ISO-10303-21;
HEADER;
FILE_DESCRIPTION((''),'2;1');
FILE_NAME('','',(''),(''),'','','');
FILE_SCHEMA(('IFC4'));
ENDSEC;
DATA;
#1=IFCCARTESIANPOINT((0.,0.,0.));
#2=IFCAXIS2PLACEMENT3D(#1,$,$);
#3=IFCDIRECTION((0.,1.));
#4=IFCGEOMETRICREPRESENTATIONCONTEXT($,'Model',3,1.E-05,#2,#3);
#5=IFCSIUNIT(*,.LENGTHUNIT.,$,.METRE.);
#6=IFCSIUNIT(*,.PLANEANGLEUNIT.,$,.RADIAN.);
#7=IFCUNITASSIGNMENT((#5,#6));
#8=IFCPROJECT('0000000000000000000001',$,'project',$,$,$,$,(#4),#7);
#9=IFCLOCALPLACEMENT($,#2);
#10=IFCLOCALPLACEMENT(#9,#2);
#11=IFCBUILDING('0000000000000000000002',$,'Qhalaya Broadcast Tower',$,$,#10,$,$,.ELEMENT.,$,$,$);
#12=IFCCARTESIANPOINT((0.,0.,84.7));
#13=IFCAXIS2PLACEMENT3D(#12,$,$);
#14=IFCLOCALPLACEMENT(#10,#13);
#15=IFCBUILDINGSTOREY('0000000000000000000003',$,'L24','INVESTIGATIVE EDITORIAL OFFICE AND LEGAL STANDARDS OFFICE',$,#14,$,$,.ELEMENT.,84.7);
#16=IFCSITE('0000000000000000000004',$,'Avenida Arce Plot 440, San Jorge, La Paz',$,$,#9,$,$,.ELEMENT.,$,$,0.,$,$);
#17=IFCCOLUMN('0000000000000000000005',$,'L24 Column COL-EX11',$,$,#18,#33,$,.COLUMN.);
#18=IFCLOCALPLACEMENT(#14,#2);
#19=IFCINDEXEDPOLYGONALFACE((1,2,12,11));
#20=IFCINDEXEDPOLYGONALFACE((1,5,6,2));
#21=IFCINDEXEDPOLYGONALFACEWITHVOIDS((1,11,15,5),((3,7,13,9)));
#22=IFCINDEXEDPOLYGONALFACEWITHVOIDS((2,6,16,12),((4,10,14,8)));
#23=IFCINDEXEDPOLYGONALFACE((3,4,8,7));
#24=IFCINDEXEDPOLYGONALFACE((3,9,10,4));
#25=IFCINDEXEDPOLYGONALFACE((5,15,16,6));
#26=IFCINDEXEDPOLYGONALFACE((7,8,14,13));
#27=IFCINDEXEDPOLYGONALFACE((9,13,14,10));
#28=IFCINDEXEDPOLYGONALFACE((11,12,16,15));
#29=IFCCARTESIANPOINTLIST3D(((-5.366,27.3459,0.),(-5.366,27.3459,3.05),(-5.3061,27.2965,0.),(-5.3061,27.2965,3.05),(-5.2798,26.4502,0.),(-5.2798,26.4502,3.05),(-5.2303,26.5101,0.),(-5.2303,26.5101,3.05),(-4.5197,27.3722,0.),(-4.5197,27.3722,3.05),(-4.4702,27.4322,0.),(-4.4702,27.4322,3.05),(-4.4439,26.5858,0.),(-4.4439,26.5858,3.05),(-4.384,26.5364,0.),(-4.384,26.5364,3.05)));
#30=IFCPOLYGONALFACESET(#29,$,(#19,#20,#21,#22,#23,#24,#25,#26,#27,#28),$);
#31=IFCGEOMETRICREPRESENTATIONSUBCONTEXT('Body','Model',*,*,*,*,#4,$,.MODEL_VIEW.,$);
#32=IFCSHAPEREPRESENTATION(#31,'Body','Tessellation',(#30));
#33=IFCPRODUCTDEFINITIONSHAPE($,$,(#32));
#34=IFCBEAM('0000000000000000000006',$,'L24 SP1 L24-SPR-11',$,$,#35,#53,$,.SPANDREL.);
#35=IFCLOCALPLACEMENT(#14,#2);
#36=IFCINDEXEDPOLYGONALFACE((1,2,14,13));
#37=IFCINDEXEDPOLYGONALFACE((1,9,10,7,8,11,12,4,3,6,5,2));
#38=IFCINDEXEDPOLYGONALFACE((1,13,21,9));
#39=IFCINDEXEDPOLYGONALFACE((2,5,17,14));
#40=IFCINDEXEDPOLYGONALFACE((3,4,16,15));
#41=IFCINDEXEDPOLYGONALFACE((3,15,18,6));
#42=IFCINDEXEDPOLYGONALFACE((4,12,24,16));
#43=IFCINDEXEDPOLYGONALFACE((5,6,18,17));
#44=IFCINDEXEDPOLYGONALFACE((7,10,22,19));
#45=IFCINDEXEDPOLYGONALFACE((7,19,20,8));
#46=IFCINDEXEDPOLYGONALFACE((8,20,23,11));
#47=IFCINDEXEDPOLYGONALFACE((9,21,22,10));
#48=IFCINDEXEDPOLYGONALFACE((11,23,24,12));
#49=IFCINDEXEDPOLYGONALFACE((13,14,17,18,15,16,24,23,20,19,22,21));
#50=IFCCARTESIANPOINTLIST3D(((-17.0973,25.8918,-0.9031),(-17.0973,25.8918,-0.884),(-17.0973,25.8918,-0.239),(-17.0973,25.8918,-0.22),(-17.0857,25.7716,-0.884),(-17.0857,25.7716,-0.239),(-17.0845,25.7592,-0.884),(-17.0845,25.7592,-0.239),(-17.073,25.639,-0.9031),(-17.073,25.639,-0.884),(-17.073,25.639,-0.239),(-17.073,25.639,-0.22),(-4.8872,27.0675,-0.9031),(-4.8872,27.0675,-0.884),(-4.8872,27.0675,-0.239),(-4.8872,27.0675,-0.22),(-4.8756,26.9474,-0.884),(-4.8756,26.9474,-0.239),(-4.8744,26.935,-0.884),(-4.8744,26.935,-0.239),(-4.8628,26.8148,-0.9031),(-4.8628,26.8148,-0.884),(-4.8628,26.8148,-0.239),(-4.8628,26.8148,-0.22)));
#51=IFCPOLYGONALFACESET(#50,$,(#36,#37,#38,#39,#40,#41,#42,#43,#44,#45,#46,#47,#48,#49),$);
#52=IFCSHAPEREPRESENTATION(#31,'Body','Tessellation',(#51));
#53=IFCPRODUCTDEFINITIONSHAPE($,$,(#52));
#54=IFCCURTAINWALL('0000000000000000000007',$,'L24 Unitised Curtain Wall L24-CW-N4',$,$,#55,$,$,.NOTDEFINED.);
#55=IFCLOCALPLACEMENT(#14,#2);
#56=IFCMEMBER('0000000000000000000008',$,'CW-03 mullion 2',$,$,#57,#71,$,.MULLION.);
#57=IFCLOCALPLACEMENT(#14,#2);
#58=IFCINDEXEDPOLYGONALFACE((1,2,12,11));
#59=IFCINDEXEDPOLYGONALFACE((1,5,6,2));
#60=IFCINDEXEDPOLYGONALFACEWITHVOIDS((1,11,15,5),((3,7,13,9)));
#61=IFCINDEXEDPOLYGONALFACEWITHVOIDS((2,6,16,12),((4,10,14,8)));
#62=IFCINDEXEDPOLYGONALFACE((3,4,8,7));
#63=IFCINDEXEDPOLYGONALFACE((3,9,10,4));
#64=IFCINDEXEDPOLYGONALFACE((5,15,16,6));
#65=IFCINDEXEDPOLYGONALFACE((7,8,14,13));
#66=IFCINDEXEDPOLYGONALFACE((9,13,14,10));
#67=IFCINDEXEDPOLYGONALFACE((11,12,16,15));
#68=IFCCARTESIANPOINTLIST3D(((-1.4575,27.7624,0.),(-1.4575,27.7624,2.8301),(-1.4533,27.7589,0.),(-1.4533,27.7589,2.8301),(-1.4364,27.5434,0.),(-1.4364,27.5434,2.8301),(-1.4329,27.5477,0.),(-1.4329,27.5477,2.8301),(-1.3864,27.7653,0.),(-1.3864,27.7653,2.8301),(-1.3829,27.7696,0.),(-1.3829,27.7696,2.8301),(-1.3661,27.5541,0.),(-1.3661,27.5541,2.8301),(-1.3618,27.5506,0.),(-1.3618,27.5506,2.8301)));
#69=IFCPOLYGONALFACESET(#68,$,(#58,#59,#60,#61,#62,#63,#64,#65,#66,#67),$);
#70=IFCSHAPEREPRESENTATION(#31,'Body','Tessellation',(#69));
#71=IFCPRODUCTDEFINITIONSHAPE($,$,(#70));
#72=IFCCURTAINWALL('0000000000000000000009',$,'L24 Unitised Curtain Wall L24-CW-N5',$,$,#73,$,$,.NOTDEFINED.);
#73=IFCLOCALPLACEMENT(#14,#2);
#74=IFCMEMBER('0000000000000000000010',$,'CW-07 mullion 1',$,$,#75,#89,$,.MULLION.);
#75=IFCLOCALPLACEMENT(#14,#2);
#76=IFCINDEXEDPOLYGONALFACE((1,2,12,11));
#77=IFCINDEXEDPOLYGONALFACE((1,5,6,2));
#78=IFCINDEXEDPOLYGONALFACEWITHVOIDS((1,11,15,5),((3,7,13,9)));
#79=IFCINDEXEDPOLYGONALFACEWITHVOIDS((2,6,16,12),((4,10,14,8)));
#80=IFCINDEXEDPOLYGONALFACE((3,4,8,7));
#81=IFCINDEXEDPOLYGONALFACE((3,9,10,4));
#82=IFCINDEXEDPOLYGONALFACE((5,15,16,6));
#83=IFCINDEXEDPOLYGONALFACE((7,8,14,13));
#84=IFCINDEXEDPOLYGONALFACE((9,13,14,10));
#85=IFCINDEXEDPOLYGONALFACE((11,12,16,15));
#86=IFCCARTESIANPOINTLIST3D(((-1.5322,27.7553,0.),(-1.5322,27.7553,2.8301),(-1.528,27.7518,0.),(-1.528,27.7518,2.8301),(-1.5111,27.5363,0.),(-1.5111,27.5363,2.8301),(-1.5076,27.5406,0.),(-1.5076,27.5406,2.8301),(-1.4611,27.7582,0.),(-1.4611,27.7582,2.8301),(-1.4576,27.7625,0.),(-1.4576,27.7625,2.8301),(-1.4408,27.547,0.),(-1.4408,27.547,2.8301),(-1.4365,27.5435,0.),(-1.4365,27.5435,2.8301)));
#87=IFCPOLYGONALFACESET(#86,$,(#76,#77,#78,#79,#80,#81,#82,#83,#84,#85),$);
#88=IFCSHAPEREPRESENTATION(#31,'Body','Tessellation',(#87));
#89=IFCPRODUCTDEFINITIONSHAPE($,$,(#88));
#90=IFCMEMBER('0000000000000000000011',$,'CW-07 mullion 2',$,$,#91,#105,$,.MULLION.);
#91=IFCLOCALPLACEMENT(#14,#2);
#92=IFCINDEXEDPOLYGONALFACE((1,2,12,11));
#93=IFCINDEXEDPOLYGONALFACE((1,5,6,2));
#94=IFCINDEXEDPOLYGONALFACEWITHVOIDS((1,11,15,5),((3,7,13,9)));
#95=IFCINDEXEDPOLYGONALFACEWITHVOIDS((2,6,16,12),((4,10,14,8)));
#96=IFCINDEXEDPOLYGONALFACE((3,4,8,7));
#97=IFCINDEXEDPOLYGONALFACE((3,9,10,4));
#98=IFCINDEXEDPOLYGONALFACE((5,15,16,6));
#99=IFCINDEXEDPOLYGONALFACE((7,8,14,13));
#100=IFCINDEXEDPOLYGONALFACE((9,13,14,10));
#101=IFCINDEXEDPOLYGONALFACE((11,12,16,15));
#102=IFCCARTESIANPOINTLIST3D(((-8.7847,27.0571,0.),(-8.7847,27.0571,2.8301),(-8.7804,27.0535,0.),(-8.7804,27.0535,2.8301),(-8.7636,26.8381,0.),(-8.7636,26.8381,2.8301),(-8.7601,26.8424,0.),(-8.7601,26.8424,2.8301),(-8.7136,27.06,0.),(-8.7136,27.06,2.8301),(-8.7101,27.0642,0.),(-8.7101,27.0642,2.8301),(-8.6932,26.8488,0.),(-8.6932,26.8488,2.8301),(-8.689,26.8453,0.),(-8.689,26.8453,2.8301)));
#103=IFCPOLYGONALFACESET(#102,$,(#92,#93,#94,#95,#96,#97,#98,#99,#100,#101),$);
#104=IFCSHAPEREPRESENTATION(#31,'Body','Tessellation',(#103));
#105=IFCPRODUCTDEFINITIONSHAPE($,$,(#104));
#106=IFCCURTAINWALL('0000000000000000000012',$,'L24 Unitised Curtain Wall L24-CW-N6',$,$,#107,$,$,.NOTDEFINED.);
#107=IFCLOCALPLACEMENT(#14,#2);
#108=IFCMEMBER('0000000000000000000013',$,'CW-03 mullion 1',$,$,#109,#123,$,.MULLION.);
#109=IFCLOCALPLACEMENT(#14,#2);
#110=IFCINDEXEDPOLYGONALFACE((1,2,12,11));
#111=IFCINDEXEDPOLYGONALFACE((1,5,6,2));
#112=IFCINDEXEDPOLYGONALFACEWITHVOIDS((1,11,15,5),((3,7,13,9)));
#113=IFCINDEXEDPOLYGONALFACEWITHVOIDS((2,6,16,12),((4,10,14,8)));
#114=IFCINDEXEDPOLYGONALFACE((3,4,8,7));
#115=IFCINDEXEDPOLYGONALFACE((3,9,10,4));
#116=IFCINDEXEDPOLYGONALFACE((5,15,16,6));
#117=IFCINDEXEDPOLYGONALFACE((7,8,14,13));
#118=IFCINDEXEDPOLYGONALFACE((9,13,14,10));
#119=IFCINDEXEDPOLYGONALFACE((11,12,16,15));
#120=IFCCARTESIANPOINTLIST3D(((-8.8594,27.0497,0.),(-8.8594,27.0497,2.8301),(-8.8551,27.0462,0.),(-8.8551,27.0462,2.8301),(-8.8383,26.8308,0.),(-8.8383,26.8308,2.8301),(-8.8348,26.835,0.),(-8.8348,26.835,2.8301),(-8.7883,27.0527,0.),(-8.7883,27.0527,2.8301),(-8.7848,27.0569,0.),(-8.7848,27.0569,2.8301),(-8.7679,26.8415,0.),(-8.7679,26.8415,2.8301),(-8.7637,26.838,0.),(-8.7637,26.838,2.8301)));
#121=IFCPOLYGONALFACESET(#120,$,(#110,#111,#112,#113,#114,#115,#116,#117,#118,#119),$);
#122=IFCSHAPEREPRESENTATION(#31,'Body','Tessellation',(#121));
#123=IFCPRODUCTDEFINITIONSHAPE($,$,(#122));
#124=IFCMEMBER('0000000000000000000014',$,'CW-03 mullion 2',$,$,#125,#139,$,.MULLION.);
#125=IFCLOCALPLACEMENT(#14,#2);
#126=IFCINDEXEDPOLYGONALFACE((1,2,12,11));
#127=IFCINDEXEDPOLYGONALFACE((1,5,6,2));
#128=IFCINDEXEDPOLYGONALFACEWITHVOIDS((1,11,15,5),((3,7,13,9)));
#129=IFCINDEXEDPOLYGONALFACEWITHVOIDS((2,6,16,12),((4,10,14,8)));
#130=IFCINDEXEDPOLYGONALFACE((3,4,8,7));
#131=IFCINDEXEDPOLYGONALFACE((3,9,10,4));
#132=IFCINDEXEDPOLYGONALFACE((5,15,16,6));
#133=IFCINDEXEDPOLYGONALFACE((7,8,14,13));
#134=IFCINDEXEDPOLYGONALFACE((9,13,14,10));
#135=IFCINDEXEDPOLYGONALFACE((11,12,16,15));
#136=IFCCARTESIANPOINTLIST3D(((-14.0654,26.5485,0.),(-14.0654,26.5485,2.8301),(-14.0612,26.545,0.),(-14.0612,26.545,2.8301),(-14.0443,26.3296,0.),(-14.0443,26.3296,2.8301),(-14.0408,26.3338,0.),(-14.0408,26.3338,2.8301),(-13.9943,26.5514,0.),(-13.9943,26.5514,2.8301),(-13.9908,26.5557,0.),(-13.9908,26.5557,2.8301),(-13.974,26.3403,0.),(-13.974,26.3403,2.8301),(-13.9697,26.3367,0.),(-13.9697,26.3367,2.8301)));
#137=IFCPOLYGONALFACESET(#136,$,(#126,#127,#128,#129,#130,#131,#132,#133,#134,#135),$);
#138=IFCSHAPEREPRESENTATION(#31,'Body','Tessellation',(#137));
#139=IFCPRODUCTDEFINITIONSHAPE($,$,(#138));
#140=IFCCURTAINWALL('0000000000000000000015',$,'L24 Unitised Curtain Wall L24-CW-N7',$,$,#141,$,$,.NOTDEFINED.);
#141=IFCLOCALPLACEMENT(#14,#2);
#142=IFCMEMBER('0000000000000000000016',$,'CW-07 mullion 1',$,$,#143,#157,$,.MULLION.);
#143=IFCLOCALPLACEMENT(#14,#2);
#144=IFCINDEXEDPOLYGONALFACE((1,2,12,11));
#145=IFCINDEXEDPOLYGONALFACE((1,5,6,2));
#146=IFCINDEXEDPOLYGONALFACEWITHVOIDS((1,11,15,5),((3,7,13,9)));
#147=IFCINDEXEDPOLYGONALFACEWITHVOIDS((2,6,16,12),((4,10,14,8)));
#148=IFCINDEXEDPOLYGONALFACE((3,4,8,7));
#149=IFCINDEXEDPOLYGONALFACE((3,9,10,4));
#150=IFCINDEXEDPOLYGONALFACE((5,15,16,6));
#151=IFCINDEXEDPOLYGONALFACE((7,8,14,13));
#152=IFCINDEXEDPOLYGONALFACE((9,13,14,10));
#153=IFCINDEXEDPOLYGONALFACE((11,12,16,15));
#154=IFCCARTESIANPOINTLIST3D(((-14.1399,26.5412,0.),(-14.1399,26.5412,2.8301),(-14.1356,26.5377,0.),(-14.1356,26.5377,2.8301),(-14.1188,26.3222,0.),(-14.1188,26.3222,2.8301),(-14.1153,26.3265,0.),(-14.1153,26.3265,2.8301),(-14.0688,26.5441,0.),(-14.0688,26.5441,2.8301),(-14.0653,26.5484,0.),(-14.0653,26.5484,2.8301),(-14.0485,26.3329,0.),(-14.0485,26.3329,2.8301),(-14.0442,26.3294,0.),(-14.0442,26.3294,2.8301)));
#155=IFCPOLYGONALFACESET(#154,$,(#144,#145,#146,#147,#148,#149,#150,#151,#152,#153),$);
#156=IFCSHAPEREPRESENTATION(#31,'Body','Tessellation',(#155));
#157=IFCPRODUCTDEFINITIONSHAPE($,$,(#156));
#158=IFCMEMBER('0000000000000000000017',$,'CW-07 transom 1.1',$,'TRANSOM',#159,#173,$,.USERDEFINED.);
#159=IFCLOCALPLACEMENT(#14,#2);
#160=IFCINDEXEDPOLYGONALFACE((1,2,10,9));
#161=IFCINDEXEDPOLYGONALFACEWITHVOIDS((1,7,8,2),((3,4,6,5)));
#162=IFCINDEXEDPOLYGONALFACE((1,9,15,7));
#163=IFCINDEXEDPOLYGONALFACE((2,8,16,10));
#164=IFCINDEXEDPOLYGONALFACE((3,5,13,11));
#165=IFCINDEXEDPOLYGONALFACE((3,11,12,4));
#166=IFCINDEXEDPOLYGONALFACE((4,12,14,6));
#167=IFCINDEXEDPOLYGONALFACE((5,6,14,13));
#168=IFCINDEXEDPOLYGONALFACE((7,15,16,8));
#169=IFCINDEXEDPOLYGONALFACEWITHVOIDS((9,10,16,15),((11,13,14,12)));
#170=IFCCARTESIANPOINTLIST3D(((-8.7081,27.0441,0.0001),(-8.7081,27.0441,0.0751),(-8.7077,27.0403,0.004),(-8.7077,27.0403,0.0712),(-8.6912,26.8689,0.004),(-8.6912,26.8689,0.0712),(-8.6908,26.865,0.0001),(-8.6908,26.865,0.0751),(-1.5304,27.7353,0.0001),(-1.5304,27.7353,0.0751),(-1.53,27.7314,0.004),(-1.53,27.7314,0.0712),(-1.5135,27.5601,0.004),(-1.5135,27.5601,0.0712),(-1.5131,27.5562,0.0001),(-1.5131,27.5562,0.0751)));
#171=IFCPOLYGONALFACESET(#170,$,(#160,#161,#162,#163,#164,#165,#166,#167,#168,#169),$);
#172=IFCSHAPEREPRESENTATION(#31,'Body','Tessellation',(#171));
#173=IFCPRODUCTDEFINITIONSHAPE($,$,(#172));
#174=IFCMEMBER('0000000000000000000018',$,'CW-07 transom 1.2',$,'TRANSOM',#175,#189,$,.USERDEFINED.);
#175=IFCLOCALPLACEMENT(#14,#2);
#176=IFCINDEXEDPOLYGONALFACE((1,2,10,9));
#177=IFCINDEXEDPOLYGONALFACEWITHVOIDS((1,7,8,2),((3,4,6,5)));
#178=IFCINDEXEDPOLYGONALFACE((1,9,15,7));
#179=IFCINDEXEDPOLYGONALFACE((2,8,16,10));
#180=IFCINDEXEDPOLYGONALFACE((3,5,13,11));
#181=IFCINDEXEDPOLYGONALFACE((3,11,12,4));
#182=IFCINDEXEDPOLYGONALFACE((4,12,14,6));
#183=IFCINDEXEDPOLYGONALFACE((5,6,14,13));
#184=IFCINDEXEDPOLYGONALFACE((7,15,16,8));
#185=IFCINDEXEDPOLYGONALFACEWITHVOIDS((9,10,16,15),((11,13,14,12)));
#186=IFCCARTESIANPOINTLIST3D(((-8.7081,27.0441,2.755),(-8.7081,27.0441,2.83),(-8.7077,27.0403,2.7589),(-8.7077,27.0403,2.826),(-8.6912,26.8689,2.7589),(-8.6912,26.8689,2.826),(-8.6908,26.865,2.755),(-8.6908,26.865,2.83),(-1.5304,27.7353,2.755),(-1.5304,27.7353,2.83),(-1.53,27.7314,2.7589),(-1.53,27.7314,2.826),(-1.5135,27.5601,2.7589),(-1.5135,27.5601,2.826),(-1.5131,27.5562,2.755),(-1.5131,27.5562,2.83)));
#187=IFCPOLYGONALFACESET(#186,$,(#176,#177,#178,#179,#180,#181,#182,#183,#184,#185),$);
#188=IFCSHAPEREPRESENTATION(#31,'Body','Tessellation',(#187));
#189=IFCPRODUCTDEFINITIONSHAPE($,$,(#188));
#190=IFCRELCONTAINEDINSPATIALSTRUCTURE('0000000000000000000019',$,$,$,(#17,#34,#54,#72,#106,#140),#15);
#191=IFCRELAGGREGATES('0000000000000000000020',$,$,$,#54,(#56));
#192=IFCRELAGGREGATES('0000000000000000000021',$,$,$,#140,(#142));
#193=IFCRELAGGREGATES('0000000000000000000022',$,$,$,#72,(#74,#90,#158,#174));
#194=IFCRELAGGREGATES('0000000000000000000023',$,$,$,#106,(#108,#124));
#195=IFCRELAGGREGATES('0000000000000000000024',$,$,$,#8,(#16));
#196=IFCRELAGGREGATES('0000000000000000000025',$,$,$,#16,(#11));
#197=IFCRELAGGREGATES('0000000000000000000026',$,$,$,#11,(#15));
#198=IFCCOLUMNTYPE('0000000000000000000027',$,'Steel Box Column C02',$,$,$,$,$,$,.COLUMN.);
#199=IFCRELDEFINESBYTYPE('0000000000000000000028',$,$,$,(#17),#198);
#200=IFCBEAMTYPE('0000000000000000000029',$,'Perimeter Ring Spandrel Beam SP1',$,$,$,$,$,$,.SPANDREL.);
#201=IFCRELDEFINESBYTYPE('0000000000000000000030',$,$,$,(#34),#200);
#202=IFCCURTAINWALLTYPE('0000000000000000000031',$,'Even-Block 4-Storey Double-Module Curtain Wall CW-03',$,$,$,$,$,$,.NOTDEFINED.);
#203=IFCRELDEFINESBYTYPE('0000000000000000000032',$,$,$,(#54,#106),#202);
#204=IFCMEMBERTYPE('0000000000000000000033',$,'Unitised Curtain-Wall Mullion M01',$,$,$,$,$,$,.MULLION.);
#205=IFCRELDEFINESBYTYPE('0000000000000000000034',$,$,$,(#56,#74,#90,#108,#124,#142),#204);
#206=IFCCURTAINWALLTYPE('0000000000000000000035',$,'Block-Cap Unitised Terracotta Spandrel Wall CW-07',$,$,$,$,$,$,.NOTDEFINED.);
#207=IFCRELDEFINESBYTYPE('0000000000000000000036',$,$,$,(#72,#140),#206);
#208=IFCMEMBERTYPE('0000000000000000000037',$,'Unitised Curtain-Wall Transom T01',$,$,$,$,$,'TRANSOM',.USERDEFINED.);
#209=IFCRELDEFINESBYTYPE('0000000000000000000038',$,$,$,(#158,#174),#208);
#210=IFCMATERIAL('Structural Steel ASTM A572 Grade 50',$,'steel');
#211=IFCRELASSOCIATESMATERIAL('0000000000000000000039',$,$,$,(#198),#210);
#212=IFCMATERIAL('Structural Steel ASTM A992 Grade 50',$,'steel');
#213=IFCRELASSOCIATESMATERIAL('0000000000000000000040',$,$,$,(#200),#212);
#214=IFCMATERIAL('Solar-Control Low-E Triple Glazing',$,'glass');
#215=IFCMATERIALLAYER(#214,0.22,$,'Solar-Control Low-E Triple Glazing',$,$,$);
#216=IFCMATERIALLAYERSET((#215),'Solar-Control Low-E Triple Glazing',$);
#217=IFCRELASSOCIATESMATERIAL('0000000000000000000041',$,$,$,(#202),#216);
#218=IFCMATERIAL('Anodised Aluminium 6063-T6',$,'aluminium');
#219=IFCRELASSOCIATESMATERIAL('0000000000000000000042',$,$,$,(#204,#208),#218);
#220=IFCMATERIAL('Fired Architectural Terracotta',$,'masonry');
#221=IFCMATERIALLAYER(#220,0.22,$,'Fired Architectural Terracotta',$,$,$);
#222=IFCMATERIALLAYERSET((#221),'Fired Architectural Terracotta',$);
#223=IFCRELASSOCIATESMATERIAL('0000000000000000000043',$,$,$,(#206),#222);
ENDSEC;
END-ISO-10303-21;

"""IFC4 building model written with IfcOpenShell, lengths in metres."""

from ifc_helpers import new_model, si_unit, direction, frame, origin, origin_2d, place, context, subcontext, project, spatial, hollow_rectangle, i_section, extrude, material, layer, layer_set, material_profile, profile_set, type_object, element, aggregate, save


model = new_model("IFC4")

# Units and contexts
model_context = context("Model", 3, precision=1e-05, world=origin(), true_north=direction((0.0, 1.0)))
body_context = subcontext(model_context, "Body", "Model", "MODEL_VIEW")
ifc_project = project(units=[si_unit("LENGTHUNIT", "METRE"), si_unit("PLANEANGLEUNIT", "RADIAN")], contexts=[model_context])

# Site, building, storey
site_placement = place(None, origin())
site = spatial("IfcSite", under=ifc_project, at=site_placement, Name="Avenida Arce Plot 440, San Jorge, La Paz", CompositionType="ELEMENT", RefElevation=0.0)
building_placement = place(site_placement, origin())
building = spatial("IfcBuilding", under=site, at=building_placement, Name="Qhalaya Broadcast Tower", CompositionType="ELEMENT")
storey_placement = place(building_placement, frame((0.0, 0.0, 84.7)))
storey = spatial("IfcBuildingStorey", under=building, at=storey_placement, Name="L24", Description="INVESTIGATIVE EDITORIAL OFFICE AND LEGAL STANDARDS OFFICE", CompositionType="ELEMENT", Elevation=84.7)

# Column
ifc_material_1 = material(Name="Structural Steel ASTM A572 Grade 50", Category="steel")
ifc_material_profile_1 = material_profile(ifc_material_1, hollow_rectangle(XDim=0.8999, YDim=0.8999, WallThickness=0.0549, at=origin_2d()), Name="BOX 900x900x55")
ifc_profile_set_1 = profile_set([ifc_material_profile_1], Name="Structural Steel ASTM A572 Grade 50")
column_type = type_object("IfcColumnType", Name="Steel Box Column C02", PredefinedType="COLUMN", material=ifc_profile_set_1)
column_placement = place(storey_placement, frame((-4.875, 26.9412, 0.0), z_axis=(0.0, 0.0, 1.0), x_axis=(0.995396, 0.095846, 0.0)))
element("IfcColumn", 1, at=column_placement, inside=storey, type_object=column_type, Name="L24 Column COL-EX11", PredefinedType="COLUMN", context=body_context, shape_type="SweptSolid", body=[
    extrude(hollow_rectangle(XDim=0.8999, YDim=0.8999, WallThickness=0.0549, at=origin_2d()), origin(), (0.0, 0.0, 1.0), 3.05),
])

# Beam
ifc_material_2 = material(Name="Structural Steel ASTM A992 Grade 50", Category="steel")
ifc_material_profile_2 = material_profile(ifc_material_2, i_section(OverallWidth=0.2539, OverallDepth=0.6831, WebThickness=0.0125, FlangeThickness=0.019, at=origin_2d()), Name="W27X94")
ifc_profile_set_2 = profile_set([ifc_material_profile_2], Name="Structural Steel ASTM A992 Grade 50")
beam_type = type_object("IfcBeamType", Name="Perimeter Ring Spandrel Beam SP1", PredefinedType="SPANDREL", material=ifc_profile_set_2)
beam_placement = place(storey_placement, frame((-4.875, 26.9412, -0.5615), z_axis=(-0.995396, -0.095852, 0.0), x_axis=(0.095852, -0.995396, 0.0)))
element("IfcBeam", 2, at=beam_placement, inside=storey, type_object=beam_type, Name="L24 SP1 L24-SPR-11", PredefinedType="SPANDREL", context=body_context, shape_type="SweptSolid", body=[
    extrude(i_section(OverallWidth=0.2539, OverallDepth=0.6831, WebThickness=0.0125, FlangeThickness=0.019, at=origin_2d()), origin(), (0.0, 0.0, 1.0), 12.2666),
])

# Curtain wall, member
ifc_material_3 = material(Name="Solar-Control Low-E Triple Glazing", Category="glass")
ifc_layer_1 = layer(ifc_material_3, 0.22, Name="Solar-Control Low-E Triple Glazing")
ifc_layer_set_1 = layer_set([ifc_layer_1], Name="Solar-Control Low-E Triple Glazing")
curtain_wall_type_1 = type_object("IfcCurtainWallType", Name="Even-Block 4-Storey Double-Module Curtain Wall CW-03", PredefinedType="NOTDEFINED", material=ifc_layer_set_1)
curtain_wall_1_placement = place(storey_placement, origin())
curtain_wall_1 = element("IfcCurtainWall", 3, at=curtain_wall_1_placement, inside=storey, type_object=curtain_wall_type_1, Name="L24 Unitised Curtain Wall L24-CW-N4", PredefinedType="NOTDEFINED")
ifc_material_4 = material(Name="Anodised Aluminium 6063-T6", Category="aluminium")
ifc_material_profile_3 = material_profile(ifc_material_4, hollow_rectangle(XDim=0.075, YDim=0.22, WallThickness=0.0039, at=origin_2d()), Name="ALU-MUL 75x220x4")
ifc_profile_set_3 = profile_set([ifc_material_profile_3], Name="Anodised Aluminium 6063-T6")
member_type_1 = type_object("IfcMemberType", Name="Unitised Curtain-Wall Mullion M01", PredefinedType="MULLION", material=ifc_profile_set_3)
member_1_placement = place(storey_placement, frame((-1.4097, 27.6565, 0.0), z_axis=(0.0, 0.0, 1.0), x_axis=(-0.995395, -0.095853, 0.0)))
member_1 = element("IfcMember", 4, at=member_1_placement, type_object=member_type_1, Name="CW-03 mullion 2", PredefinedType="MULLION", context=body_context, shape_type="SweptSolid", body=[
    extrude(hollow_rectangle(XDim=0.075, YDim=0.22, WallThickness=0.0039, at=origin_2d()), origin(), (0.0, 0.0, 1.0), 2.8301),
])
aggregate(curtain_wall_1, [member_1])

# Curtain walls, members
ifc_material_5 = material(Name="Fired Architectural Terracotta", Category="masonry")
ifc_layer_2 = layer(ifc_material_5, 0.22, Name="Fired Architectural Terracotta")
ifc_layer_set_2 = layer_set([ifc_layer_2], Name="Fired Architectural Terracotta")
curtain_wall_type_2 = type_object("IfcCurtainWallType", Name="Block-Cap Unitised Terracotta Spandrel Wall CW-07", PredefinedType="NOTDEFINED", material=ifc_layer_set_2)
curtain_wall_2_placement = place(storey_placement, origin())
curtain_wall_2 = element("IfcCurtainWall", 5, at=curtain_wall_2_placement, inside=storey, type_object=curtain_wall_type_2, Name="L24 Unitised Curtain Wall L24-CW-N5", PredefinedType="NOTDEFINED")
member_2_placement = place(storey_placement, frame((-1.4844, 27.6494, 0.0), z_axis=(0.0, 0.0, 1.0), x_axis=(-0.995396, -0.095843, 0.0)))
member_2 = element("IfcMember", 6, at=member_2_placement, type_object=member_type_1, Name="CW-07 mullion 1", PredefinedType="MULLION", context=body_context, shape_type="SweptSolid", body=[
    extrude(hollow_rectangle(XDim=0.075, YDim=0.22, WallThickness=0.0039, at=origin_2d()), origin(), (0.0, 0.0, 1.0), 2.8301),
])
member_3_placement = place(storey_placement, frame((-8.7368, 26.9512, 0.0), z_axis=(0.0, 0.0, 1.0), x_axis=(-0.995396, -0.095843, 0.0)))
member_3 = element("IfcMember", 7, at=member_3_placement, type_object=member_type_1, Name="CW-07 mullion 2", PredefinedType="MULLION", context=body_context, shape_type="SweptSolid", body=[
    extrude(hollow_rectangle(XDim=0.075, YDim=0.22, WallThickness=0.0039, at=origin_2d()), origin(), (0.0, 0.0, 1.0), 2.8301),
])
curtain_wall_3_placement = place(storey_placement, origin())
curtain_wall_3 = element("IfcCurtainWall", 8, at=curtain_wall_3_placement, inside=storey, type_object=curtain_wall_type_1, Name="L24 Unitised Curtain Wall L24-CW-N6", PredefinedType="NOTDEFINED")
member_4_placement = place(storey_placement, frame((-8.8115, 26.9438, 0.0), z_axis=(0.0, 0.0, 1.0), x_axis=(-0.995396, -0.095852, 0.0)))
member_4 = element("IfcMember", 9, at=member_4_placement, type_object=member_type_1, Name="CW-03 mullion 1", PredefinedType="MULLION", context=body_context, shape_type="SweptSolid", body=[
    extrude(hollow_rectangle(XDim=0.075, YDim=0.22, WallThickness=0.0039, at=origin_2d()), origin(), (0.0, 0.0, 1.0), 2.8301),
])
member_5_placement = place(storey_placement, frame((-14.0176, 26.4426, 0.0), z_axis=(0.0, 0.0, 1.0), x_axis=(-0.995396, -0.095852, 0.0)))
member_5 = element("IfcMember", 10, at=member_5_placement, type_object=member_type_1, Name="CW-03 mullion 2", PredefinedType="MULLION", context=body_context, shape_type="SweptSolid", body=[
    extrude(hollow_rectangle(XDim=0.075, YDim=0.22, WallThickness=0.0039, at=origin_2d()), origin(), (0.0, 0.0, 1.0), 2.8301),
])

# Curtain wall, member
curtain_wall_4_placement = place(storey_placement, origin())
curtain_wall_4 = element("IfcCurtainWall", 11, at=curtain_wall_4_placement, inside=storey, type_object=curtain_wall_type_2, Name="L24 Unitised Curtain Wall L24-CW-N7", PredefinedType="NOTDEFINED")
member_6_placement = place(storey_placement, frame((-14.092, 26.4353, 0.0), z_axis=(0.0, 0.0, 1.0), x_axis=(-0.995396, -0.095846, 0.0)))
member_6 = element("IfcMember", 12, at=member_6_placement, type_object=member_type_1, Name="CW-07 mullion 1", PredefinedType="MULLION", context=body_context, shape_type="SweptSolid", body=[
    extrude(hollow_rectangle(XDim=0.075, YDim=0.22, WallThickness=0.0039, at=origin_2d()), origin(), (0.0, 0.0, 1.0), 2.8301),
])

# Members
ifc_material_profile_4 = material_profile(ifc_material_4, hollow_rectangle(XDim=0.075, YDim=0.1799, WallThickness=0.0039, at=origin_2d()), Name="ALU-TRN 75x180x4")
ifc_profile_set_4 = profile_set([ifc_material_profile_4], Name="Anodised Aluminium 6063-T6")
member_type_2 = type_object("IfcMemberType", Name="Unitised Curtain-Wall Transom T01", ElementType="TRANSOM", PredefinedType="USERDEFINED", material=ifc_profile_set_4)
member_7_placement = place(storey_placement, frame((-1.5217, 27.6458, 0.0376), z_axis=(-0.995396, -0.095849, 0.0), x_axis=(0.0, 0.0, 1.0)))
member_7 = element("IfcMember", 13, at=member_7_placement, type_object=member_type_2, Name="CW-07 transom 1.1", ObjectType="TRANSOM", PredefinedType="USERDEFINED", context=body_context, shape_type="SweptSolid", body=[
    extrude(hollow_rectangle(XDim=0.075, YDim=0.1799, WallThickness=0.0039, at=origin_2d()), origin(), (0.0, 0.0, 1.0), 7.2109),
])
member_8_placement = place(storey_placement, frame((-1.5217, 27.6458, 2.7925), z_axis=(-0.995396, -0.095849, 0.0), x_axis=(0.0, 0.0, 1.0)))
member_8 = element("IfcMember", 14, at=member_8_placement, type_object=member_type_2, Name="CW-07 transom 1.2", ObjectType="TRANSOM", PredefinedType="USERDEFINED", context=body_context, shape_type="SweptSolid", body=[
    extrude(hollow_rectangle(XDim=0.075, YDim=0.1799, WallThickness=0.0039, at=origin_2d()), origin(), (0.0, 0.0, 1.0), 7.2109),
])
aggregate(curtain_wall_4, [member_6])

aggregate(curtain_wall_2, [member_2, member_3, member_7, member_8])
aggregate(curtain_wall_3, [member_4, member_5])

save(model, "model.ifc")
